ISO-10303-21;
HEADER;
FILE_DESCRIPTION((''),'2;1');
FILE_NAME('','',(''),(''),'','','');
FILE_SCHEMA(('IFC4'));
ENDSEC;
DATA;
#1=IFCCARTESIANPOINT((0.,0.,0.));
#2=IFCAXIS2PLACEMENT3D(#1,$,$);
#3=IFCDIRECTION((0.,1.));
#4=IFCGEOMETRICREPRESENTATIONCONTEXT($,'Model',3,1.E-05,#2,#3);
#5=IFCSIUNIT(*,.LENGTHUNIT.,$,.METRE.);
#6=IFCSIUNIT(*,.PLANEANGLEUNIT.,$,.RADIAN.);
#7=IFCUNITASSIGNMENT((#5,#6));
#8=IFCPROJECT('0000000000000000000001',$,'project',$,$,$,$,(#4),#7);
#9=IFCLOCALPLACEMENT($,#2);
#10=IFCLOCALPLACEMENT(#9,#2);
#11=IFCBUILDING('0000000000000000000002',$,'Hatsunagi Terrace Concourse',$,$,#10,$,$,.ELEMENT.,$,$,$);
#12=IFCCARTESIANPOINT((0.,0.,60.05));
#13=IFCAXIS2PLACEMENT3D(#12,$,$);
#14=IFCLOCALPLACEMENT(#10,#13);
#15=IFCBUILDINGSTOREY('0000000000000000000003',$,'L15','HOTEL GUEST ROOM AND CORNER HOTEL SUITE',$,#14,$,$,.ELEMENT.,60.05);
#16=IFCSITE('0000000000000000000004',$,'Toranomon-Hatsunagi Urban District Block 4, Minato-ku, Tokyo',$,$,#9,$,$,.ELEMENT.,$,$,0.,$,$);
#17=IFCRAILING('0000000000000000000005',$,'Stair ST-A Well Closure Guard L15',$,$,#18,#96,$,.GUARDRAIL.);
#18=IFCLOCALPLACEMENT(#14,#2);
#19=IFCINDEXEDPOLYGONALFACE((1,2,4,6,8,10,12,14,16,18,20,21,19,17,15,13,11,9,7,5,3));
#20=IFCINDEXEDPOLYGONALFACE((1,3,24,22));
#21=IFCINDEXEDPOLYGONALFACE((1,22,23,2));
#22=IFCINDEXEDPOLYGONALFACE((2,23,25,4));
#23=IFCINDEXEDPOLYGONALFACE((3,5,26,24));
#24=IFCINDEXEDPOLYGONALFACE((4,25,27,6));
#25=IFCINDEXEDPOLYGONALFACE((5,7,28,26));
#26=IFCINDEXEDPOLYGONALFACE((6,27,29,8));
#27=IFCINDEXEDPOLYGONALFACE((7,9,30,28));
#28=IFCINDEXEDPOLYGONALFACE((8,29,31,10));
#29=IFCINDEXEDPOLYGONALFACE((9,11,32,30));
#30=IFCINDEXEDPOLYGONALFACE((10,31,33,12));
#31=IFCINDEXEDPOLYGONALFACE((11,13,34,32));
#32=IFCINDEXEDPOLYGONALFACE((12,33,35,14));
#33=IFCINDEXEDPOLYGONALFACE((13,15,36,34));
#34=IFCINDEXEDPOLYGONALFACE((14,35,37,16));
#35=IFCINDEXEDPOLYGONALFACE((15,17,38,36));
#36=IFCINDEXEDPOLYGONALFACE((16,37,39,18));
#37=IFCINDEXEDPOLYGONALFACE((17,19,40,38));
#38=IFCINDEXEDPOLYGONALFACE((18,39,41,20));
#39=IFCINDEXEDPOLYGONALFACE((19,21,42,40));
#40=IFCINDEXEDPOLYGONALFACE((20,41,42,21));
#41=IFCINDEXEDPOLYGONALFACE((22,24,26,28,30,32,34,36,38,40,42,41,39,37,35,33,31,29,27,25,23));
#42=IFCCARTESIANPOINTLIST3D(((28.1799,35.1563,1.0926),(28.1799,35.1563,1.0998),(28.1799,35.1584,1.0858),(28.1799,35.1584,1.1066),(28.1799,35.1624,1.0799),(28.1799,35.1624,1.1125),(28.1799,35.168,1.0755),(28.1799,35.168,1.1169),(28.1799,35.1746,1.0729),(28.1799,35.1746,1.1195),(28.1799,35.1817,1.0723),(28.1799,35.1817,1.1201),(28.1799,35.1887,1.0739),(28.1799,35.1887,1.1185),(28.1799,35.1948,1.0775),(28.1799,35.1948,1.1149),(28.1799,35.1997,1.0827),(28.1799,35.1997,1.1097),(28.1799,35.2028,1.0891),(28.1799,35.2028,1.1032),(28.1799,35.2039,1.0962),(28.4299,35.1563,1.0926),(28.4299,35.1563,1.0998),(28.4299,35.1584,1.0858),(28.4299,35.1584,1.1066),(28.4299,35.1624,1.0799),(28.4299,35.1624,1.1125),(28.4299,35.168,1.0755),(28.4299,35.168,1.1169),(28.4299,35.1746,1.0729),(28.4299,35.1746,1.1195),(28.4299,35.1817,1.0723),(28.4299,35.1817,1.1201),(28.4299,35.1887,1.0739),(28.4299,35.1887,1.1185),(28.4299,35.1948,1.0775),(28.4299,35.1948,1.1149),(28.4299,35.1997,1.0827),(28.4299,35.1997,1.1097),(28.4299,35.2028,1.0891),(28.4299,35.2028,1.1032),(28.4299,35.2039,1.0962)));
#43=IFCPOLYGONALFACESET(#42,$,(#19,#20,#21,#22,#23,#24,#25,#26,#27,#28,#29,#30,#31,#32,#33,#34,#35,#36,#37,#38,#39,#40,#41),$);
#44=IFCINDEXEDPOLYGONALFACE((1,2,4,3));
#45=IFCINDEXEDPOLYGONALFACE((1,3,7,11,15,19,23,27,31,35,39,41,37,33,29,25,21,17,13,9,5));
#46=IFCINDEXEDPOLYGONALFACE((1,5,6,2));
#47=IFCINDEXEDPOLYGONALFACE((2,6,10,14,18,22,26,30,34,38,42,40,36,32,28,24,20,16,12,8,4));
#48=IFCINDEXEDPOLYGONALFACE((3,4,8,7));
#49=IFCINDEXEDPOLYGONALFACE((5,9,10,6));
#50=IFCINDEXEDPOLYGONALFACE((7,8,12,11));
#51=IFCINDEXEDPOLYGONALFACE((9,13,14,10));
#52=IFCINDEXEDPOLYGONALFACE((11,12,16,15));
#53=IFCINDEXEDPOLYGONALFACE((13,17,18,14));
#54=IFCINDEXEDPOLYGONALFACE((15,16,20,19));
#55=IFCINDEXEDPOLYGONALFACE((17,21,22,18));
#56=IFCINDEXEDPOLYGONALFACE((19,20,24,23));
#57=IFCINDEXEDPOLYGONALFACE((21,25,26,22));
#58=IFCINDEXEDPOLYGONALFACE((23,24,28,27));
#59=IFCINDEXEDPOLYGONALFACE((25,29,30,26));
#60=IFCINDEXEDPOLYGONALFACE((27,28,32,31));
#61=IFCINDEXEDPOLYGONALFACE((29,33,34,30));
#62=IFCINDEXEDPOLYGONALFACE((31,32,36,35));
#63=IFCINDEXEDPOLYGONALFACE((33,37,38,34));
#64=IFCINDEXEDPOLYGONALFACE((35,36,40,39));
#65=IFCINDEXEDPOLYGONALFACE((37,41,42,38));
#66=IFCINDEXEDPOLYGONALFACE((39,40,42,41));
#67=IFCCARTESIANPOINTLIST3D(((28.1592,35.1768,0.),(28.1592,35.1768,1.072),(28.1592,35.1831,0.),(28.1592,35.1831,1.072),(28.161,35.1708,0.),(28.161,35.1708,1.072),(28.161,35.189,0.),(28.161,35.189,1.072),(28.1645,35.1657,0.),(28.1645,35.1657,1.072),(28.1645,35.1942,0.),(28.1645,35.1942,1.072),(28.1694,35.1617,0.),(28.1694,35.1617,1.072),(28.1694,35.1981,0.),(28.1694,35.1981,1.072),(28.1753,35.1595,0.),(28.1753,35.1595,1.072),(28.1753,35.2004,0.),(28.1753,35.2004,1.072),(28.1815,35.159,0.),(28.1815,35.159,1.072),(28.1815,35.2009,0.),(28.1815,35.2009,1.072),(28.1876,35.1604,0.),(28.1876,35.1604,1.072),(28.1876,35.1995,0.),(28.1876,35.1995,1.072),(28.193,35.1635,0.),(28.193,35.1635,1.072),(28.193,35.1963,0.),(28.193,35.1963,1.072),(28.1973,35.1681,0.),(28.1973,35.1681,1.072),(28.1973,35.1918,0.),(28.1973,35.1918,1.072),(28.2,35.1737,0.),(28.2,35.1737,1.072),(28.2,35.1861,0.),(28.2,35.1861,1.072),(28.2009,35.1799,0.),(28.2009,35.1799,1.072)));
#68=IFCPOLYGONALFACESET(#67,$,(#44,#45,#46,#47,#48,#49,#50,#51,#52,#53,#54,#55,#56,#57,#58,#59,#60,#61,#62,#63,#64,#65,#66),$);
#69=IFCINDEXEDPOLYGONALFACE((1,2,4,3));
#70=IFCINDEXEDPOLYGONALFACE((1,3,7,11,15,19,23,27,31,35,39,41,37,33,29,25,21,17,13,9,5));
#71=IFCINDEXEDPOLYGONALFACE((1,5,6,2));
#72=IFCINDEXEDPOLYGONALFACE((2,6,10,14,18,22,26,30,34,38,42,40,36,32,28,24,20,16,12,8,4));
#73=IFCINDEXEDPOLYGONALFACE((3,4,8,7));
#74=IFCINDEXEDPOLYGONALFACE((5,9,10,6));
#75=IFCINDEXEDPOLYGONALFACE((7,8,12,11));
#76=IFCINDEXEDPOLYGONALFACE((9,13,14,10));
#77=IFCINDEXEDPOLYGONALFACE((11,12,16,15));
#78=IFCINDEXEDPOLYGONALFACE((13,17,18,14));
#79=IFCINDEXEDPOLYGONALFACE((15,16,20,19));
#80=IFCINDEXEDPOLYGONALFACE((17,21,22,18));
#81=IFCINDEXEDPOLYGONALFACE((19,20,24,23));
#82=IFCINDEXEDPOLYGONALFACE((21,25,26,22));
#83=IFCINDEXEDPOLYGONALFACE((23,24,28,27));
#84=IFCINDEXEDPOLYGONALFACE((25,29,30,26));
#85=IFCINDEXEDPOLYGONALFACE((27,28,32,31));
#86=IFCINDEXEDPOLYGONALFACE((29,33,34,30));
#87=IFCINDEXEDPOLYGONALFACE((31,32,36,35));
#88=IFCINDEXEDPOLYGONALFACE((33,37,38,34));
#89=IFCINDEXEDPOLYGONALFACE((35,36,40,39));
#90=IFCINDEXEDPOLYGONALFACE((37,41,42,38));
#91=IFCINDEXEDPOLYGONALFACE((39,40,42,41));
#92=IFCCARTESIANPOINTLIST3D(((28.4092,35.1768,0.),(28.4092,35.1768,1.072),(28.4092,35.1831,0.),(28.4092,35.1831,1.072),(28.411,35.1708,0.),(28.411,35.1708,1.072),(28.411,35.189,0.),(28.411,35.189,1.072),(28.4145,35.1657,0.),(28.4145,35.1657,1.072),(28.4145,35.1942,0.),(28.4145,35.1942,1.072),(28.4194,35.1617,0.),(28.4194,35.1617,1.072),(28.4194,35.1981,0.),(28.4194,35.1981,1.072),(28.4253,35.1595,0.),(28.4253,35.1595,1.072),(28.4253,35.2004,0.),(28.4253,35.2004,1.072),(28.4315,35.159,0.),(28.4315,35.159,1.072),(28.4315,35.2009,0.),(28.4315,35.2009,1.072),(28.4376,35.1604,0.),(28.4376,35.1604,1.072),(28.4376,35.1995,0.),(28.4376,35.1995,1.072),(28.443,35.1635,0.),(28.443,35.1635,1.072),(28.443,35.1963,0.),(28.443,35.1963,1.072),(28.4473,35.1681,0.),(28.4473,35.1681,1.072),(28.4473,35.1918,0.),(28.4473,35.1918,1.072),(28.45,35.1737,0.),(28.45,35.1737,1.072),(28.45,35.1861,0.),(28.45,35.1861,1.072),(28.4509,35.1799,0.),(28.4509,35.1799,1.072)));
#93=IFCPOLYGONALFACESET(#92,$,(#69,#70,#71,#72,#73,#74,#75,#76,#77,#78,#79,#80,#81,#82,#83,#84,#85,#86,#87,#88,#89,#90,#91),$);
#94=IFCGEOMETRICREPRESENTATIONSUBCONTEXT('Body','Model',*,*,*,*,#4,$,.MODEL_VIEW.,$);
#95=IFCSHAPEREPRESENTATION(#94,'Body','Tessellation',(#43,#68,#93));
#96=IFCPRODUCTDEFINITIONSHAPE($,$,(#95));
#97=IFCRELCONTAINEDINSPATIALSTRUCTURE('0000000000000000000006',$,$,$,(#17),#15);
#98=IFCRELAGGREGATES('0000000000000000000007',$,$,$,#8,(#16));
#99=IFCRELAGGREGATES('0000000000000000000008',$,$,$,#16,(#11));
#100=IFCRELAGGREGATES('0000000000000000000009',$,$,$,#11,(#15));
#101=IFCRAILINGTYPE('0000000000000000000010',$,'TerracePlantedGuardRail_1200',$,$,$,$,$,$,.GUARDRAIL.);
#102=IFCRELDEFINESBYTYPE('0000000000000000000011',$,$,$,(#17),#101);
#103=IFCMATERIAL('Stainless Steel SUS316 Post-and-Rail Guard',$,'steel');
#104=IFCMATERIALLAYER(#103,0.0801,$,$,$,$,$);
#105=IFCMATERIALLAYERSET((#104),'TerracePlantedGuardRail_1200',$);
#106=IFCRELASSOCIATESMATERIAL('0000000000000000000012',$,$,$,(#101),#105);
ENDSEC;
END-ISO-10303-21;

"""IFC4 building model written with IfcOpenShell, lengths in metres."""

from ifc_helpers import new_model, si_unit, direction, frame, origin, origin_2d, place, context, subcontext, project, spatial, circle, extrude, material, layer, layer_set, type_object, element, save


model = new_model("IFC4")

# Units and contexts
model_context = context("Model", 3, precision=1e-05, world=origin(), true_north=direction((0.0, 1.0)))
body_context = subcontext(model_context, "Body", "Model", "MODEL_VIEW")
ifc_project = project(units=[si_unit("LENGTHUNIT", "METRE"), si_unit("PLANEANGLEUNIT", "RADIAN")], contexts=[model_context])

# Site, building, storey
site_placement = place(None, origin())
site = spatial("IfcSite", under=ifc_project, at=site_placement, Name="Toranomon-Hatsunagi Urban District Block 4, Minato-ku, Tokyo", CompositionType="ELEMENT", RefElevation=0.0)
building_placement = place(site_placement, origin())
building = spatial("IfcBuilding", under=site, at=building_placement, Name="Hatsunagi Terrace Concourse", CompositionType="ELEMENT")
storey_placement = place(building_placement, frame((0.0, 0.0, 60.05)))
storey = spatial("IfcBuildingStorey", under=building, at=storey_placement, Name="L15", Description="HOTEL GUEST ROOM AND CORNER HOTEL SUITE", CompositionType="ELEMENT", Elevation=60.05)

# Railing
ifc_material_1 = material(Name="Stainless Steel SUS316 Post-and-Rail Guard", Category="steel")
ifc_layer_1 = layer(ifc_material_1, 0.0801)
ifc_layer_set_1 = layer_set([ifc_layer_1], Name="TerracePlantedGuardRail_1200")
railing_type_1 = type_object("IfcRailingType", Name="TerracePlantedGuardRail_1200", PredefinedType="GUARDRAIL", material=ifc_layer_set_1)
railing_1_placement = place(storey_placement, frame((28.1799, 35.1799, 0.0)))
element("IfcRailing", 1, at=railing_1_placement, inside=storey, type_object=railing_type_1, Name="Stair ST-A Well Closure Guard L15", PredefinedType="GUARDRAIL", context=body_context, shape_type="SweptSolid", body=[
    extrude(circle(Radius=0.0239, at=origin_2d()), frame((0.0, 0.0, 1.0962), z_axis=(1.0, 0.0, 0.0), x_axis=(0.0, 1.0, 0.0)), (0.0, 0.0, 1.0), 0.25),
    extrude(circle(Radius=0.021, at=origin_2d()), origin(), (0.0, 0.0, 1.0), 1.072),
    extrude(circle(Radius=0.021, at=origin_2d()), frame((0.25, 0.0, 0.0)), (0.0, 0.0, 1.0), 1.072),
])

save(model, "model.ifc")
